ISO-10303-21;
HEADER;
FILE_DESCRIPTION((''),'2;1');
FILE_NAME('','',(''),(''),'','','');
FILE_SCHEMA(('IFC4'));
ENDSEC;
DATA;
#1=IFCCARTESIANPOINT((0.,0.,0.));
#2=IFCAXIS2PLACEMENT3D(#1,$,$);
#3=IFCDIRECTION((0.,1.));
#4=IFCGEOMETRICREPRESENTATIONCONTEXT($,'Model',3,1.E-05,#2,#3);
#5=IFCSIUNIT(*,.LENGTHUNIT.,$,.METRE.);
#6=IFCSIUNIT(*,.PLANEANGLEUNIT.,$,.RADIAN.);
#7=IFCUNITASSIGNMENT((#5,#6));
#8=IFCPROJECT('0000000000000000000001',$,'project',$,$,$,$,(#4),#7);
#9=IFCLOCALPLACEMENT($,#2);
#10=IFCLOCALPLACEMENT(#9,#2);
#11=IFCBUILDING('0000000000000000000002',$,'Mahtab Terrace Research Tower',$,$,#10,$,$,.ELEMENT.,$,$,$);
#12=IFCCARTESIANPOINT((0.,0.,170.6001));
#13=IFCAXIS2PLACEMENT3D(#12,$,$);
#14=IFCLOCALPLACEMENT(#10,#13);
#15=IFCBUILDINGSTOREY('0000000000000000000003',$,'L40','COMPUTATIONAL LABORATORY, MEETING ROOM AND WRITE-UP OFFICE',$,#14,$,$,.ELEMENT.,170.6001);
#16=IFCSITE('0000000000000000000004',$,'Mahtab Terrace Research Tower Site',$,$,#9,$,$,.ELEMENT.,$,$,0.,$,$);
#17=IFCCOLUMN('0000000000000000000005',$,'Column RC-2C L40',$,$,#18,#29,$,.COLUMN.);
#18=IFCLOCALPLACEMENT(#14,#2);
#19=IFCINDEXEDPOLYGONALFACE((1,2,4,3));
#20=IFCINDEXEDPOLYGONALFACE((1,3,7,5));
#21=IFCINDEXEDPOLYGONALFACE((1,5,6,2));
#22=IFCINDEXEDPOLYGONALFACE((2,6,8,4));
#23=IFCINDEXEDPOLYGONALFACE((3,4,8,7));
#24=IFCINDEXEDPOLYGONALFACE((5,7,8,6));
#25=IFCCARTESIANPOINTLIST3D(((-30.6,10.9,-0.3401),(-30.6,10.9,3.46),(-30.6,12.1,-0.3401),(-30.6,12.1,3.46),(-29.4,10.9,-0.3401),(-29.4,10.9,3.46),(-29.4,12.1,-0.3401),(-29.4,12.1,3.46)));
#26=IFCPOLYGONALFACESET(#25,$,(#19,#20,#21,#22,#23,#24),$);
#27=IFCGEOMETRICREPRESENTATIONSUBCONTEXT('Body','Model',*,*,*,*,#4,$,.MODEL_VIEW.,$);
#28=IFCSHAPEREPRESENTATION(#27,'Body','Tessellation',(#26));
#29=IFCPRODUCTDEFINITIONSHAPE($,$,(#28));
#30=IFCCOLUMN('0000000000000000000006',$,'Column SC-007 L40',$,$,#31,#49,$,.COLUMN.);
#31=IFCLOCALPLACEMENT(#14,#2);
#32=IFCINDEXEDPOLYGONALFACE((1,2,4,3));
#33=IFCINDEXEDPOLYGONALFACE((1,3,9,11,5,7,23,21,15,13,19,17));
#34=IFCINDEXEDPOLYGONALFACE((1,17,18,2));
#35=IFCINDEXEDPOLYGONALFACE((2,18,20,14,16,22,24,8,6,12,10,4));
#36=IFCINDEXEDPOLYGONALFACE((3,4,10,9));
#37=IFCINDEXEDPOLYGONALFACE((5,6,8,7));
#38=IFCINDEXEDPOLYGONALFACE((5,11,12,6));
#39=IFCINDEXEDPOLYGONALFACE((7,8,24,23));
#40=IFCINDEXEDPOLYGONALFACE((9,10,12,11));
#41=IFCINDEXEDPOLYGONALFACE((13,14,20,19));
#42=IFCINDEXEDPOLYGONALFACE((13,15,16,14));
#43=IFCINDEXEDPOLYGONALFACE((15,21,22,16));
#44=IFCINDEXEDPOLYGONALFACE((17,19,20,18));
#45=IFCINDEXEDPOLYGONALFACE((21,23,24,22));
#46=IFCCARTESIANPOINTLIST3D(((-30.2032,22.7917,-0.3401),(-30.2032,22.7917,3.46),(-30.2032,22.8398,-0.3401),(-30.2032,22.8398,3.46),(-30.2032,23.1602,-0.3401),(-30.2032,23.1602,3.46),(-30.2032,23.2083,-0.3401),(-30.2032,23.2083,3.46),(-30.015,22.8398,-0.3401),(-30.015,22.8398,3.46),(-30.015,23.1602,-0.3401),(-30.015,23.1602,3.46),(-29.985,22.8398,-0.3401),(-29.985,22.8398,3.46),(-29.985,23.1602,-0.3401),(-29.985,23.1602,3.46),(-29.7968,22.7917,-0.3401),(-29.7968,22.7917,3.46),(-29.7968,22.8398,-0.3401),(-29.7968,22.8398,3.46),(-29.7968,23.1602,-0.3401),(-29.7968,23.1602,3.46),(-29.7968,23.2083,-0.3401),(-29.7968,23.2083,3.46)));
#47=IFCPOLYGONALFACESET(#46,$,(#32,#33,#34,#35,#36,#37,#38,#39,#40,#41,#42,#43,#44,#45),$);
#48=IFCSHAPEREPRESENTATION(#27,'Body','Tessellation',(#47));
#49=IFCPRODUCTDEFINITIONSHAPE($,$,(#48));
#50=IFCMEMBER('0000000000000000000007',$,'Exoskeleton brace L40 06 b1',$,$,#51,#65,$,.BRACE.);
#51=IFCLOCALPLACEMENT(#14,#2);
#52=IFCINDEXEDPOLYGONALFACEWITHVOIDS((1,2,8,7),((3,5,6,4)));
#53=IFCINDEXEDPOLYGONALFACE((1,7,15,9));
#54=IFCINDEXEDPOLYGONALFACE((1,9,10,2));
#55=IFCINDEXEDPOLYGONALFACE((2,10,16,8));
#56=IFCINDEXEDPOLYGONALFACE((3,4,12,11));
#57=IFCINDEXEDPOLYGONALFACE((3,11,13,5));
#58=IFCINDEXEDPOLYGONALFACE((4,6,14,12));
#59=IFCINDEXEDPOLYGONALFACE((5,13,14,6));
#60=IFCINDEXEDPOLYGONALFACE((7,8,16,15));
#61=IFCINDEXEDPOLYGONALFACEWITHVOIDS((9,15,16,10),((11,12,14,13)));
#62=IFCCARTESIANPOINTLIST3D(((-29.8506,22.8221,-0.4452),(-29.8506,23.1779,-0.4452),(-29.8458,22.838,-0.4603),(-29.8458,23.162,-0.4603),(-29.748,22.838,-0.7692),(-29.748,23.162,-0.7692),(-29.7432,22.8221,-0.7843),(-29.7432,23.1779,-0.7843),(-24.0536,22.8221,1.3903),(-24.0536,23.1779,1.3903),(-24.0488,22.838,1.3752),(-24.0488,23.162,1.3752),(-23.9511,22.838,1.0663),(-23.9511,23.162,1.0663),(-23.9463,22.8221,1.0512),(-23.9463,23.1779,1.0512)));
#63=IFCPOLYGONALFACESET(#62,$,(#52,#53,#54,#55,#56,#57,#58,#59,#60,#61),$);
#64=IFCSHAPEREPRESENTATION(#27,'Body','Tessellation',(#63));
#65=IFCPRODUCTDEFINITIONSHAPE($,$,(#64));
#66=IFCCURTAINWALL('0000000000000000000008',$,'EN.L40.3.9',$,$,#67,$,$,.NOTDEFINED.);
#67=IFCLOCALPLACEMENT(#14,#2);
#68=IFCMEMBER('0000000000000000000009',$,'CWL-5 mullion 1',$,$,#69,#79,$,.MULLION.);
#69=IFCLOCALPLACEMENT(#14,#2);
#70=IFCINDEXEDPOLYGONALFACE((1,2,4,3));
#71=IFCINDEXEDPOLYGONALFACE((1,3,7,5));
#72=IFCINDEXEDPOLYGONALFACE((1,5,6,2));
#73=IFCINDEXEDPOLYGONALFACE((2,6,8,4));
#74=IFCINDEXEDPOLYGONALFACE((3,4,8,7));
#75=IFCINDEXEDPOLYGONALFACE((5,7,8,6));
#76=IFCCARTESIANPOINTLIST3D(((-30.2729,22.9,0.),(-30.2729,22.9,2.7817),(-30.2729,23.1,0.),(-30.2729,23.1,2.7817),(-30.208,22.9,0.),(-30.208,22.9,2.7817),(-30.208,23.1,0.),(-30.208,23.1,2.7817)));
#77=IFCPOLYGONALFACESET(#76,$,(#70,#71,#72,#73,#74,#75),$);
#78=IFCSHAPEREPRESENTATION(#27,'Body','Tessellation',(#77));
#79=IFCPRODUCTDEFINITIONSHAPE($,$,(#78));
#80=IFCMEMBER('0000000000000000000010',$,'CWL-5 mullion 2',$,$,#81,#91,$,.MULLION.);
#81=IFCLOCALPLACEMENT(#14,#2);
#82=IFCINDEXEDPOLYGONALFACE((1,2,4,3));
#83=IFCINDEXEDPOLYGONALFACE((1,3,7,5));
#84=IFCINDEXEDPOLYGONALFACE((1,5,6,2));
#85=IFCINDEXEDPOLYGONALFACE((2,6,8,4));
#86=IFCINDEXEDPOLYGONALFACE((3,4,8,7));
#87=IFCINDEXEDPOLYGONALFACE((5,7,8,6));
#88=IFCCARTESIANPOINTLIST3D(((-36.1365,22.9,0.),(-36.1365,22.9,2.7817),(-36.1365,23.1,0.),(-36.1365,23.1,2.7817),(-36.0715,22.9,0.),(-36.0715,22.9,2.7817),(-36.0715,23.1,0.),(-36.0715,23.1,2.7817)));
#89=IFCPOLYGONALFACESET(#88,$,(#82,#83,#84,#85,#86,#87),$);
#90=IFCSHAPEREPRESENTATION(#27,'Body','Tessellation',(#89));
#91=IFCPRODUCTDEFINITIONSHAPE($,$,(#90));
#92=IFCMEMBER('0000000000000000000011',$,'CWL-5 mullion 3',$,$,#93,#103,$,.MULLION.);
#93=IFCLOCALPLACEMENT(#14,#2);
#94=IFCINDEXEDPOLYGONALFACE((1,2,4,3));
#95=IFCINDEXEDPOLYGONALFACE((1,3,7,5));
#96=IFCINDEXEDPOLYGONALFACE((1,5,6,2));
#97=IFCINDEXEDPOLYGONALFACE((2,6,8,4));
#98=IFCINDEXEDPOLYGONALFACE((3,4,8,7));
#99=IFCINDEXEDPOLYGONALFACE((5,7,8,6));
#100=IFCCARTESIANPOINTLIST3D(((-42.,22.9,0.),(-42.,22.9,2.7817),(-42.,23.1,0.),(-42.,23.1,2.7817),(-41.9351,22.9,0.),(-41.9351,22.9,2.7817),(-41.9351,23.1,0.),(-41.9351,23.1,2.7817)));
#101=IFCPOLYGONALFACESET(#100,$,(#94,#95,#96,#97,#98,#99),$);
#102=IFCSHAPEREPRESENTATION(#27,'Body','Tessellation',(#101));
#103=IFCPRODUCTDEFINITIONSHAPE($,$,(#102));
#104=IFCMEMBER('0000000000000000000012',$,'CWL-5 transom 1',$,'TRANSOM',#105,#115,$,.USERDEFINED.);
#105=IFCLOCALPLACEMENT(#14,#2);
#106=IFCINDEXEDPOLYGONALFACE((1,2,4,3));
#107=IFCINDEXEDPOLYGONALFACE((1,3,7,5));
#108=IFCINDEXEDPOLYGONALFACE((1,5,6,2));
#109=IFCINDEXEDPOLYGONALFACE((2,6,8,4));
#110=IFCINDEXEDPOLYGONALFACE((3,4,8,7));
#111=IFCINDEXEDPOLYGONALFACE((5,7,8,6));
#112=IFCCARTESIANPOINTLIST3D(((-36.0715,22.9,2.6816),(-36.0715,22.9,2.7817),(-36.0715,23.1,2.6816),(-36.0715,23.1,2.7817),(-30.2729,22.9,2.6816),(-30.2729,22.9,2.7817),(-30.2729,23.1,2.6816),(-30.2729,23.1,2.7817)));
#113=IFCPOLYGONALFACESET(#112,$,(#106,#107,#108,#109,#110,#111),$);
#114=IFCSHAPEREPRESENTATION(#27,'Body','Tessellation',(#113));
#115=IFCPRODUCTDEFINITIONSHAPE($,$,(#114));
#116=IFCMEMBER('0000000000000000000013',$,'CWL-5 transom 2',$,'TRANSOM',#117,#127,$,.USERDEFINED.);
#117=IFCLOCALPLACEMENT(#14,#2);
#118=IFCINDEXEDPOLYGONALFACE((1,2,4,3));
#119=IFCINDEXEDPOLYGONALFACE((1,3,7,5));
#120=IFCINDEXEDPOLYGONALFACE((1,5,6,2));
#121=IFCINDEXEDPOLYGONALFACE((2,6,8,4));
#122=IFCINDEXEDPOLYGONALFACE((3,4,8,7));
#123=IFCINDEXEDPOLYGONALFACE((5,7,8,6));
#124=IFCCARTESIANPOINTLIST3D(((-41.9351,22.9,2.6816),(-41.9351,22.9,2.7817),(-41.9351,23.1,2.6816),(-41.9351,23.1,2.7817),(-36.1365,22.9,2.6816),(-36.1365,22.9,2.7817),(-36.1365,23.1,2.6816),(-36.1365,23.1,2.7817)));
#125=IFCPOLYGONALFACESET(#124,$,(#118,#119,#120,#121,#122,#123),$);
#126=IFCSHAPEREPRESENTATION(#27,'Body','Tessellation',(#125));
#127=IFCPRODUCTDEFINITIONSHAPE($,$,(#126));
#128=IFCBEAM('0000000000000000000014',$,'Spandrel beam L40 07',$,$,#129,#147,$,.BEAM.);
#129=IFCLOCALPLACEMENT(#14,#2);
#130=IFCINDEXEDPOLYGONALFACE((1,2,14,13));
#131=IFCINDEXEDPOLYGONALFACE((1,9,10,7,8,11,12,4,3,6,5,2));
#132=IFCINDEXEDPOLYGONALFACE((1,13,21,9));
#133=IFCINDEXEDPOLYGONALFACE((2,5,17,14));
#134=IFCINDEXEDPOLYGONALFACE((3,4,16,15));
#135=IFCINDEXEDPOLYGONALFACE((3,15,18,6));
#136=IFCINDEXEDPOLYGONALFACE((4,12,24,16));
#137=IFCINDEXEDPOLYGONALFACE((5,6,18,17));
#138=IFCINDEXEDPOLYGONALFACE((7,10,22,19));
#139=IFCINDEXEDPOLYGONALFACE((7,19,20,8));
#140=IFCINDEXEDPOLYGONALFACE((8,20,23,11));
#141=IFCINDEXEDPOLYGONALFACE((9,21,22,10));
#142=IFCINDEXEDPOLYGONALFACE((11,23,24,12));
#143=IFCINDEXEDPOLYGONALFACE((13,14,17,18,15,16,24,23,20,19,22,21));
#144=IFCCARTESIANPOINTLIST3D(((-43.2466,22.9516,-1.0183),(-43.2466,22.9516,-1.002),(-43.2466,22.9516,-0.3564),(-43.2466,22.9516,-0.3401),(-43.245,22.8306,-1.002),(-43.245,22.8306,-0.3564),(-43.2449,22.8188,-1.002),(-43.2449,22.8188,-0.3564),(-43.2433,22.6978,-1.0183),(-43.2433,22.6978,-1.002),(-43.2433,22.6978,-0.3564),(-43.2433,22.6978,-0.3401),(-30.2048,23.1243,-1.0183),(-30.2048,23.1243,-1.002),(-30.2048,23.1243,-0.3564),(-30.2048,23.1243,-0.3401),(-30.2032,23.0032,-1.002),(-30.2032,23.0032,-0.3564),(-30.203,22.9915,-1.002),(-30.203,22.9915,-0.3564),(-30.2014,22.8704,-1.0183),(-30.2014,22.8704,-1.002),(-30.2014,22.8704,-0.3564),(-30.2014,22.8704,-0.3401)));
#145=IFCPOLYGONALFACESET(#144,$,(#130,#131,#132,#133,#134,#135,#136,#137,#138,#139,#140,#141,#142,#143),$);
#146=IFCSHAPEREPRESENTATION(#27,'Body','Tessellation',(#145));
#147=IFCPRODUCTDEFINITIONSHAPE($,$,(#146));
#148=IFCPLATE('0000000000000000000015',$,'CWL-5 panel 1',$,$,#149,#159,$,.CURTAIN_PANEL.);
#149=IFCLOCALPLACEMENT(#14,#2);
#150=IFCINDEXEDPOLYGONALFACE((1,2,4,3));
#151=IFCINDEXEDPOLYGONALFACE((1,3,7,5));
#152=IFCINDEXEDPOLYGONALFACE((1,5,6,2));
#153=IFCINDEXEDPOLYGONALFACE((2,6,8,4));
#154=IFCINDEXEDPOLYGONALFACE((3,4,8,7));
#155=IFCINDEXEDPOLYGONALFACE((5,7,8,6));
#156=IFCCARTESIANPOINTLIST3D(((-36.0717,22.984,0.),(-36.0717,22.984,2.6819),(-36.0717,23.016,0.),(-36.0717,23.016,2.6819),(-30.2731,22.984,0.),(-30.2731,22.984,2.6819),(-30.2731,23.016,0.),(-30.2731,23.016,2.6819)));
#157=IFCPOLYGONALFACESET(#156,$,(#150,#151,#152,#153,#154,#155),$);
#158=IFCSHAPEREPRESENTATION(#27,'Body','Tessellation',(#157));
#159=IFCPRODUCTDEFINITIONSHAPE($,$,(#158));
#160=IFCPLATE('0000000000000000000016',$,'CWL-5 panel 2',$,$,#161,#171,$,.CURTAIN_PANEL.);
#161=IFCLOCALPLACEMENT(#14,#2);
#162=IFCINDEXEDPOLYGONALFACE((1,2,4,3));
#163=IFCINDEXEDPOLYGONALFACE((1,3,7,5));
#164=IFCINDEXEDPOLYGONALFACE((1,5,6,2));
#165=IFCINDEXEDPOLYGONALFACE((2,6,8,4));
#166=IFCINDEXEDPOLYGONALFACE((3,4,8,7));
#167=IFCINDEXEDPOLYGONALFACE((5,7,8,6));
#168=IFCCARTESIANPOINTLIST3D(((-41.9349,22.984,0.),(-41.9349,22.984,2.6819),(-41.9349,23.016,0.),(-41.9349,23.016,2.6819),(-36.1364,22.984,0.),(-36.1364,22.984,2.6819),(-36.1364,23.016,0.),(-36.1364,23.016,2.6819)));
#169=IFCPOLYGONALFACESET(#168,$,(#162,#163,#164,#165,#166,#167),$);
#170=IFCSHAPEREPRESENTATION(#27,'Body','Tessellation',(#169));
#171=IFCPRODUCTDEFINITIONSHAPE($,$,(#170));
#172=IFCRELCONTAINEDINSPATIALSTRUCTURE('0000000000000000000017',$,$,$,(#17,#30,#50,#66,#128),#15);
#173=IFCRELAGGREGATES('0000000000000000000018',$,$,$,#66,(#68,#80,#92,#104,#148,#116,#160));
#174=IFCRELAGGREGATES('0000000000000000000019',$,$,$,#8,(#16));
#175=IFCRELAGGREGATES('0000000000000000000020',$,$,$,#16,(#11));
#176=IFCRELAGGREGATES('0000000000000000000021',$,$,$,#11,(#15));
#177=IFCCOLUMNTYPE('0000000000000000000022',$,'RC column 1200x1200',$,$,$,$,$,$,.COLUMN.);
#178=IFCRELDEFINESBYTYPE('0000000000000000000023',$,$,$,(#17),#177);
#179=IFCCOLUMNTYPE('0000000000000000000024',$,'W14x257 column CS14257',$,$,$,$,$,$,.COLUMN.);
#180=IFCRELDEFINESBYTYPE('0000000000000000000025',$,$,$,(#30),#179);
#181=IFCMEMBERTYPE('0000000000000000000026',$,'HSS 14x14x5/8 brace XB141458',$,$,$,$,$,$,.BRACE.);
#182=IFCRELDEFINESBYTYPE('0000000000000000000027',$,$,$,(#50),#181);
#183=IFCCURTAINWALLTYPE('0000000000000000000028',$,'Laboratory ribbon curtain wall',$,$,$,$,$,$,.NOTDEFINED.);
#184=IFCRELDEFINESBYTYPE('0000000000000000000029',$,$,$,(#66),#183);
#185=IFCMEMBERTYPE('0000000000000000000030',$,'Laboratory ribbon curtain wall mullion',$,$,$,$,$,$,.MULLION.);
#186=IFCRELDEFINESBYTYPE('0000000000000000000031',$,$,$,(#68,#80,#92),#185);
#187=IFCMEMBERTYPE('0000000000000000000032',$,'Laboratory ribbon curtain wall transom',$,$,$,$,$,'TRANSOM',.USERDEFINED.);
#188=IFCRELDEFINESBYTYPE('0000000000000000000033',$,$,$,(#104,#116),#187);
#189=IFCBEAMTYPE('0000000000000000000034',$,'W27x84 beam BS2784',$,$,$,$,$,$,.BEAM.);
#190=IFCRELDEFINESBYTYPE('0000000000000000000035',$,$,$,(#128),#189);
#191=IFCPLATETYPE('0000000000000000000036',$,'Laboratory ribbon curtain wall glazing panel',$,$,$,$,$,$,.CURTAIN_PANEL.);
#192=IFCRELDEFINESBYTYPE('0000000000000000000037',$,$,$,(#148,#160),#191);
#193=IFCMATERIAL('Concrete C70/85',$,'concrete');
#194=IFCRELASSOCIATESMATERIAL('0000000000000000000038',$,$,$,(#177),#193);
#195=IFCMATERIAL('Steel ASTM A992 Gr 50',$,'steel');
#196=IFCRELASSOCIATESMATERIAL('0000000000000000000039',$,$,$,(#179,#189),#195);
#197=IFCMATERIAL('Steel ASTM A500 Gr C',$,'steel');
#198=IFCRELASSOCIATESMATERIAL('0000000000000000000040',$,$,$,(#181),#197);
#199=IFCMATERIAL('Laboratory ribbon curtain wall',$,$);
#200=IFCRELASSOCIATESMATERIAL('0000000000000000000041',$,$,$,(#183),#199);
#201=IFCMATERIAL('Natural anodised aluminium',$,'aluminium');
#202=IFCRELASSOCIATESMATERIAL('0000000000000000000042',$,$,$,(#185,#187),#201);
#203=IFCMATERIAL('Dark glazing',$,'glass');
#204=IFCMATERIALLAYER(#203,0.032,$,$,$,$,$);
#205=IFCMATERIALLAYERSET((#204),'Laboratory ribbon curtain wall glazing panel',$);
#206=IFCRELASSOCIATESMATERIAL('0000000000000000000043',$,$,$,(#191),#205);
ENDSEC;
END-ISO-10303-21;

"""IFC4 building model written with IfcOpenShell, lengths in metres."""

from ifc_helpers import new_model, si_unit, direction, frame, origin, origin_2d, place, context, subcontext, project, spatial, rectangle, hollow_rectangle, i_section, extrude, material, layer, layer_set, material_profile, profile_set, type_object, element, aggregate, save


model = new_model("IFC4")

# Units and contexts
model_context = context("Model", 3, precision=1e-05, world=origin(), true_north=direction((0.0, 1.0)))
body_context = subcontext(model_context, "Body", "Model", "MODEL_VIEW")
ifc_project = project(units=[si_unit("LENGTHUNIT", "METRE"), si_unit("PLANEANGLEUNIT", "RADIAN")], contexts=[model_context])

# Site, building, storey
site_placement = place(None, origin())
site = spatial("IfcSite", under=ifc_project, at=site_placement, Name="Mahtab Terrace Research Tower Site", CompositionType="ELEMENT", RefElevation=0.0)
building_placement = place(site_placement, origin())
building = spatial("IfcBuilding", under=site, at=building_placement, Name="Mahtab Terrace Research Tower", CompositionType="ELEMENT")
storey_placement = place(building_placement, frame((0.0, 0.0, 170.6001)))
storey = spatial("IfcBuildingStorey", under=building, at=storey_placement, Name="L40", Description="COMPUTATIONAL LABORATORY, MEETING ROOM AND WRITE-UP OFFICE", CompositionType="ELEMENT", Elevation=170.6001)

# Columns
ifc_material_1 = material(Name="Concrete C70/85", Category="concrete")
ifc_material_profile_1 = material_profile(ifc_material_1, rectangle(XDim=1.2, YDim=1.2, at=origin_2d()), Name="RC column 1200x1200")
ifc_profile_set_1 = profile_set([ifc_material_profile_1], Name="Concrete C70/85")
column_type_1 = type_object("IfcColumnType", Name="RC column 1200x1200", PredefinedType="COLUMN", material=ifc_profile_set_1)
column_1_placement = place(storey_placement, frame((-30.0, 11.5, -0.3401), z_axis=(0.0, 0.0, 1.0), x_axis=(1.0, 0.0, 0.0)))
element("IfcColumn", 1, at=column_1_placement, inside=storey, type_object=column_type_1, Name="Column RC-2C L40", PredefinedType="COLUMN", context=body_context, shape_type="SweptSolid", body=[
    extrude(rectangle(XDim=1.2, YDim=1.2, at=origin_2d()), origin(), (0.0, 0.0, 1.0), 3.8),
])
ifc_material_2 = material(Name="Steel ASTM A992 Gr 50", Category="steel")
ifc_material_profile_2 = material_profile(ifc_material_2, i_section(OverallWidth=0.4065, OverallDepth=0.4165, WebThickness=0.03, FlangeThickness=0.0481, at=origin_2d()), Name="W14X257")
ifc_profile_set_2 = profile_set([ifc_material_profile_2], Name="Steel ASTM A992 Gr 50")
column_type_2 = type_object("IfcColumnType", Name="W14x257 column CS14257", PredefinedType="COLUMN", material=ifc_profile_set_2)
column_2_placement = place(storey_placement, frame((-30.0, 23.0, -0.3401), z_axis=(0.0, 0.0, 1.0), x_axis=(1.0, 0.0, 0.0)))
element("IfcColumn", 2, at=column_2_placement, inside=storey, type_object=column_type_2, Name="Column SC-007 L40", PredefinedType="COLUMN", context=body_context, shape_type="SweptSolid", body=[
    extrude(i_section(OverallWidth=0.4065, OverallDepth=0.4165, WebThickness=0.03, FlangeThickness=0.0481, at=origin_2d()), origin(), (0.0, 0.0, 1.0), 3.8),
])

# Member
ifc_material_3 = material(Name="Steel ASTM A500 Gr C", Category="steel")
ifc_material_profile_3 = material_profile(ifc_material_3, hollow_rectangle(XDim=0.3557, YDim=0.3557, WallThickness=0.0159, at=origin_2d()), Name="HSS14X14X5/8")
ifc_profile_set_3 = profile_set([ifc_material_profile_3], Name="Steel ASTM A500 Gr C")
member_type_1 = type_object("IfcMemberType", Name="HSS 14x14x5/8 brace XB141458", PredefinedType="BRACE", material=ifc_profile_set_3)
member_1_placement = place(storey_placement, frame((-29.7969, 23.0, -0.6147), z_axis=(0.953353, 0.0, 0.301858), x_axis=(0.0, 1.0, 0.0)))
element("IfcMember", 3, at=member_1_placement, inside=storey, type_object=member_type_1, Name="Exoskeleton brace L40 06 b1", PredefinedType="BRACE", context=body_context, shape_type="SweptSolid", body=[
    extrude(hollow_rectangle(XDim=0.3557, YDim=0.3557, WallThickness=0.0159, at=origin_2d()), origin(), (0.0, 0.0, 1.0), 6.0806),
])

# Curtain wall, members
ifc_material_4 = material(Name="Laboratory ribbon curtain wall")
curtain_wall_type = type_object("IfcCurtainWallType", Name="Laboratory ribbon curtain wall", PredefinedType="NOTDEFINED", material=ifc_material_4)
curtain_wall_placement = place(storey_placement, origin())
curtain_wall = element("IfcCurtainWall", 4, at=curtain_wall_placement, inside=storey, type_object=curtain_wall_type, Name="EN.L40.3.9", PredefinedType="NOTDEFINED")
ifc_material_5 = material(Name="Natural anodised aluminium", Category="aluminium")
ifc_material_profile_4 = material_profile(ifc_material_5, rectangle(XDim=0.2, YDim=0.0649, at=origin_2d()), Name="MULLION 65x200")
ifc_profile_set_4 = profile_set([ifc_material_profile_4], Name="Natural anodised aluminium")
member_type_2 = type_object("IfcMemberType", Name="Laboratory ribbon curtain wall mullion", PredefinedType="MULLION", material=ifc_profile_set_4)
member_2_placement = place(storey_placement, frame((-30.2405, 23.0, 0.0), z_axis=(0.0, 0.0, 1.0), x_axis=(0.0, -1.0, 0.0)))
member_2 = element("IfcMember", 5, at=member_2_placement, type_object=member_type_2, Name="CWL-5 mullion 1", PredefinedType="MULLION", context=body_context, shape_type="SweptSolid", body=[
    extrude(rectangle(XDim=0.2, YDim=0.0649, at=origin_2d()), origin(), (0.0, 0.0, 1.0), 2.7817),
])
member_3_placement = place(storey_placement, frame((-36.104, 23.0, 0.0), z_axis=(0.0, 0.0, 1.0), x_axis=(0.0, -1.0, 0.0)))
member_3 = element("IfcMember", 6, at=member_3_placement, type_object=member_type_2, Name="CWL-5 mullion 2", PredefinedType="MULLION", context=body_context, shape_type="SweptSolid", body=[
    extrude(rectangle(XDim=0.2, YDim=0.0649, at=origin_2d()), origin(), (0.0, 0.0, 1.0), 2.7817),
])
member_4_placement = place(storey_placement, frame((-41.9675, 23.0, 0.0), z_axis=(0.0, 0.0, 1.0), x_axis=(0.0, -1.0, 0.0)))
member_4 = element("IfcMember", 7, at=member_4_placement, type_object=member_type_2, Name="CWL-5 mullion 3", PredefinedType="MULLION", context=body_context, shape_type="SweptSolid", body=[
    extrude(rectangle(XDim=0.2, YDim=0.0649, at=origin_2d()), origin(), (0.0, 0.0, 1.0), 2.7817),
])
ifc_material_profile_5 = material_profile(ifc_material_5, rectangle(XDim=0.2, YDim=0.1001, at=origin_2d()), Name="TRANSOM 100x200")
ifc_profile_set_5 = profile_set([ifc_material_profile_5], Name="Natural anodised aluminium")
member_type_3 = type_object("IfcMemberType", Name="Laboratory ribbon curtain wall transom", ElementType="TRANSOM", PredefinedType="USERDEFINED", material=ifc_profile_set_5)
member_5_placement = place(storey_placement, frame((-30.2729, 23.0, 2.7317), z_axis=(-1.0, 0.0, 0.0), x_axis=(0.0, -1.0, 0.0)))
member_5 = element("IfcMember", 8, at=member_5_placement, type_object=member_type_3, Name="CWL-5 transom 1", ObjectType="TRANSOM", PredefinedType="USERDEFINED", context=body_context, shape_type="SweptSolid", body=[
    extrude(rectangle(XDim=0.2, YDim=0.1001, at=origin_2d()), origin(), (0.0, 0.0, 1.0), 5.7986),
])
member_6_placement = place(storey_placement, frame((-36.1365, 23.0, 2.7317), z_axis=(-1.0, 0.0, 0.0), x_axis=(0.0, -1.0, 0.0)))
member_6 = element("IfcMember", 9, at=member_6_placement, type_object=member_type_3, Name="CWL-5 transom 2", ObjectType="TRANSOM", PredefinedType="USERDEFINED", context=body_context, shape_type="SweptSolid", body=[
    extrude(rectangle(XDim=0.2, YDim=0.1001, at=origin_2d()), origin(), (0.0, 0.0, 1.0), 5.7986),
])

# Beam
ifc_material_profile_6 = material_profile(ifc_material_2, i_section(OverallWidth=0.2539, OverallDepth=0.6782, WebThickness=0.0117, FlangeThickness=0.0164, at=origin_2d()), Name="W27X84")
ifc_profile_set_6 = profile_set([ifc_material_profile_6], Name="Steel ASTM A992 Gr 50")
beam_type = type_object("IfcBeamType", Name="W27x84 beam BS2784", PredefinedType="BEAM", material=ifc_profile_set_6)
beam_placement = place(storey_placement, frame((-30.2031, 22.9973, -0.6792), z_axis=(-0.999912, -0.013234, 0.0), x_axis=(0.013234, -0.999912, 0.0)))
element("IfcBeam", 10, at=beam_placement, inside=storey, type_object=beam_type, Name="Spandrel beam L40 07", PredefinedType="BEAM", context=body_context, shape_type="SweptSolid", body=[
    extrude(i_section(OverallWidth=0.2539, OverallDepth=0.6782, WebThickness=0.0117, FlangeThickness=0.0164, at=origin_2d()), origin(), (0.0, 0.0, 1.0), 13.043),
])

# Plates
ifc_material_6 = material(Name="Dark glazing", Category="glass")
ifc_layer_1 = layer(ifc_material_6, 0.032)
ifc_layer_set_1 = layer_set([ifc_layer_1], Name="Laboratory ribbon curtain wall glazing panel")
plate_type = type_object("IfcPlateType", Name="Laboratory ribbon curtain wall glazing panel", PredefinedType="CURTAIN_PANEL", material=ifc_layer_set_1)
plate_1_placement = place(storey_placement, frame((-33.1724, 23.0, 0.0), z_axis=(0.0, 0.0, 1.0), x_axis=(-1.0, 0.0, 0.0)))
plate_1 = element("IfcPlate", 11, at=plate_1_placement, type_object=plate_type, Name="CWL-5 panel 1", PredefinedType="CURTAIN_PANEL", context=body_context, shape_type="SweptSolid", body=[
    extrude(rectangle(XDim=5.7986, YDim=0.032, at=origin_2d()), origin(), (0.0, 0.0, 1.0), 2.6819),
])
plate_2_placement = place(storey_placement, frame((-39.0356, 23.0, 0.0), z_axis=(0.0, 0.0, 1.0), x_axis=(-1.0, 0.0, 0.0)))
plate_2 = element("IfcPlate", 12, at=plate_2_placement, type_object=plate_type, Name="CWL-5 panel 2", PredefinedType="CURTAIN_PANEL", context=body_context, shape_type="SweptSolid", body=[
    extrude(rectangle(XDim=5.7986, YDim=0.032, at=origin_2d()), origin(), (0.0, 0.0, 1.0), 2.6819),
])
aggregate(curtain_wall, [member_2, member_3, member_4, member_5, plate_1, member_6, plate_2])

save(model, "model.ifc")
